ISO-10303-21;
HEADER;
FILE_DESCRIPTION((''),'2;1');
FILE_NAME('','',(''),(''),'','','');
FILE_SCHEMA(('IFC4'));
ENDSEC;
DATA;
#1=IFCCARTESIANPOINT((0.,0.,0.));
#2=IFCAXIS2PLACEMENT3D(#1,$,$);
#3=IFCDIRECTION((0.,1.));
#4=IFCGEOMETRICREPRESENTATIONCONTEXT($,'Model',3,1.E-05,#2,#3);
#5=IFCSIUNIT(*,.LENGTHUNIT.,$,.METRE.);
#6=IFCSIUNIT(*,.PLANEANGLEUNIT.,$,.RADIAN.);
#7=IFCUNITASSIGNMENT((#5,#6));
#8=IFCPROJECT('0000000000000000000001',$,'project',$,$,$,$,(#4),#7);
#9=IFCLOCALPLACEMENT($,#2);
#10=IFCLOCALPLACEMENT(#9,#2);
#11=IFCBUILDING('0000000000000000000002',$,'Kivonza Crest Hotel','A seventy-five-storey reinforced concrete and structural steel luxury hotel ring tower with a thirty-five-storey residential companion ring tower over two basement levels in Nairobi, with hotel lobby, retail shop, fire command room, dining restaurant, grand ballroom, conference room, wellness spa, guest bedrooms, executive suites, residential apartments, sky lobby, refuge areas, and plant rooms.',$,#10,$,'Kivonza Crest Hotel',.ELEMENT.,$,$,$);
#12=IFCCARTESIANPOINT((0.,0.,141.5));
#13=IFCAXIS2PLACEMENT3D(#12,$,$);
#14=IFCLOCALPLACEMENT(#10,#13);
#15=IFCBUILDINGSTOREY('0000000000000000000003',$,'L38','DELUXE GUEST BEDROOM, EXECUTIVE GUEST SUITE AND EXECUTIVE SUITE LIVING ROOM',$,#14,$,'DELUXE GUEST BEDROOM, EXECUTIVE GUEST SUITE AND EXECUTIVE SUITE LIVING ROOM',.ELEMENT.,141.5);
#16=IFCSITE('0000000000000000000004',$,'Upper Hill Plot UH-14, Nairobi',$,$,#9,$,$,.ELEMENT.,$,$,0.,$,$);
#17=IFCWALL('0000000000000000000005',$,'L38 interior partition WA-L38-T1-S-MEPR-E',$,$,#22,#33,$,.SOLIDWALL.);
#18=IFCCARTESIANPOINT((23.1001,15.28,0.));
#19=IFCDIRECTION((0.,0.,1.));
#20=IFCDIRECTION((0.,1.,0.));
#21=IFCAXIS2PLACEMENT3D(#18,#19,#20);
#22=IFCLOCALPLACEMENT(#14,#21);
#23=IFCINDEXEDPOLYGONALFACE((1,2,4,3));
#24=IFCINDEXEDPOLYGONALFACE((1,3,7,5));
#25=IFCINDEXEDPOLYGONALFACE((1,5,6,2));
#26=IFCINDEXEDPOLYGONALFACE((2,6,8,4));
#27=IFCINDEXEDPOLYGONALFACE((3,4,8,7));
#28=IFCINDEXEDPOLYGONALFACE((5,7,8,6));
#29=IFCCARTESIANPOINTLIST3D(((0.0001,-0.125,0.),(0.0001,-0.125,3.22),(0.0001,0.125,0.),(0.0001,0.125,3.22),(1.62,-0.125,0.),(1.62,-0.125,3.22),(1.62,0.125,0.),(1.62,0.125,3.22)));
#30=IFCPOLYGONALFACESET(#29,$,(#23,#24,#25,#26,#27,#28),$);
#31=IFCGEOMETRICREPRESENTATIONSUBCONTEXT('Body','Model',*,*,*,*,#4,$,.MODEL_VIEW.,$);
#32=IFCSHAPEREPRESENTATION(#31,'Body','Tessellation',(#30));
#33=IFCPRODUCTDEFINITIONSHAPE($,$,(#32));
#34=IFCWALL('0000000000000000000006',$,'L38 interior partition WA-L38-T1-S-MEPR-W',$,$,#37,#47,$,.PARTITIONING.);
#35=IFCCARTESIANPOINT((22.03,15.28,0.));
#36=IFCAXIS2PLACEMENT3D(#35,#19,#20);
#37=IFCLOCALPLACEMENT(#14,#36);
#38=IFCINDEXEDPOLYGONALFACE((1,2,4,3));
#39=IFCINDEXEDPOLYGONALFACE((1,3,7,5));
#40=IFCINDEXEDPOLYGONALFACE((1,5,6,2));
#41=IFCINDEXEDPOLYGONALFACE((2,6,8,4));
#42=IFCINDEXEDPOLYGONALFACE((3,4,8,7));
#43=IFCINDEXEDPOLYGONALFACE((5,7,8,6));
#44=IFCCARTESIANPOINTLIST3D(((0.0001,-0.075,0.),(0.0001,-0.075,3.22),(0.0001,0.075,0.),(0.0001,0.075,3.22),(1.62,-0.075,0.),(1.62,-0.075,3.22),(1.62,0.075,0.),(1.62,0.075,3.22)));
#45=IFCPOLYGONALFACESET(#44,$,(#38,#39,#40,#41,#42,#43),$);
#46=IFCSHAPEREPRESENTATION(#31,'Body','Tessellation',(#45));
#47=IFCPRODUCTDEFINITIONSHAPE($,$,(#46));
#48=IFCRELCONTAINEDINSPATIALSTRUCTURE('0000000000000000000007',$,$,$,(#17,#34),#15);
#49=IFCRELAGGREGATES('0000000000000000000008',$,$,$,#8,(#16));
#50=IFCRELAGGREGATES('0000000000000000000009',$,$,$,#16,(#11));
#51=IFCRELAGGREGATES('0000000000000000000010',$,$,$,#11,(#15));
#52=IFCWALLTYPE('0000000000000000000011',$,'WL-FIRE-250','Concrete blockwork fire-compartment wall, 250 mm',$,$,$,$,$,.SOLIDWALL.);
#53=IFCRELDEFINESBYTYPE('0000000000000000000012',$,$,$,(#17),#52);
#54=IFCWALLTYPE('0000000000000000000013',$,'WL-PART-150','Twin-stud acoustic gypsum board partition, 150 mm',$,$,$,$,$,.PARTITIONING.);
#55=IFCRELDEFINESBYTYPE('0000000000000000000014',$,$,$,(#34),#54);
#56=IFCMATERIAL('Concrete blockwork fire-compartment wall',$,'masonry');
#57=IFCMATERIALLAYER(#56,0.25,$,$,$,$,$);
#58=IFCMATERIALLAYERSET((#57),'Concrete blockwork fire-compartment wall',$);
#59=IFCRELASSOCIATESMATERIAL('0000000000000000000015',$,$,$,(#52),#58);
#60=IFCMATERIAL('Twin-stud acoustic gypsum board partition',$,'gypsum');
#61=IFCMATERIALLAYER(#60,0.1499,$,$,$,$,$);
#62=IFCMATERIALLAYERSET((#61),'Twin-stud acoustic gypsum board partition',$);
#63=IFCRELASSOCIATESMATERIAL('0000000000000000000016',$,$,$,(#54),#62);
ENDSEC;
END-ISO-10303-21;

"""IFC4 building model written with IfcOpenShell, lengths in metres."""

from ifc_helpers import new_model, si_unit, direction, frame, frame_2d, origin, place, context, subcontext, project, spatial, rectangle, extrude, material, layer, layer_set, type_object, element, save


model = new_model("IFC4")

# Units and contexts
model_context = context("Model", 3, precision=1e-05, world=origin(), true_north=direction((0.0, 1.0)))
body_context = subcontext(model_context, "Body", "Model", "MODEL_VIEW")
ifc_project = project(units=[si_unit("LENGTHUNIT", "METRE"), si_unit("PLANEANGLEUNIT", "RADIAN")], contexts=[model_context])

# Site, building, storey
site_placement = place(None, origin())
site = spatial("IfcSite", under=ifc_project, at=site_placement, Name="Upper Hill Plot UH-14, Nairobi", CompositionType="ELEMENT", RefElevation=0.0)
building_placement = place(site_placement, origin())
building = spatial("IfcBuilding", under=site, at=building_placement, Name="Kivonza Crest Hotel", Description="A seventy-five-storey reinforced concrete and structural steel luxury hotel ring tower with a thirty-five-storey residential companion ring tower over two basement levels in Nairobi, with hotel lobby, retail shop, fire command room, dining restaurant, grand ballroom, conference room, wellness spa, guest bedrooms, executive suites, residential apartments, sky lobby, refuge areas, and plant rooms.", LongName="Kivonza Crest Hotel", CompositionType="ELEMENT")
storey_placement = place(building_placement, frame((0.0, 0.0, 141.5)))
storey = spatial("IfcBuildingStorey", under=building, at=storey_placement, Name="L38", Description="DELUXE GUEST BEDROOM, EXECUTIVE GUEST SUITE AND EXECUTIVE SUITE LIVING ROOM", LongName="DELUXE GUEST BEDROOM, EXECUTIVE GUEST SUITE AND EXECUTIVE SUITE LIVING ROOM", CompositionType="ELEMENT", Elevation=141.5)

# Walls
ifc_material_1 = material(Name="Concrete blockwork fire-compartment wall", Category="masonry")
ifc_layer_1 = layer(ifc_material_1, 0.25)
ifc_layer_set_1 = layer_set([ifc_layer_1], Name="Concrete blockwork fire-compartment wall")
wall_type_1 = type_object("IfcWallType", Name="WL-FIRE-250", Description="Concrete blockwork fire-compartment wall, 250 mm", PredefinedType="SOLIDWALL", material=ifc_layer_set_1)
wall_1_placement = place(storey_placement, frame((23.1001, 15.28, 0.0), z_axis=(0.0, 0.0, 1.0), x_axis=(0.0, 1.0, 0.0)))
element("IfcWall", 1, at=wall_1_placement, inside=storey, type_object=wall_type_1, Name="L38 interior partition WA-L38-T1-S-MEPR-E", PredefinedType="SOLIDWALL", context=body_context, shape_type="SweptSolid", body=[
    extrude(rectangle(XDim=1.6199, YDim=0.25, at=frame_2d((0.8101, 0.0))), origin(), (0.0, 0.0, 1.0), 3.22),
])
ifc_material_2 = material(Name="Twin-stud acoustic gypsum board partition", Category="gypsum")
ifc_layer_2 = layer(ifc_material_2, 0.1499)
ifc_layer_set_2 = layer_set([ifc_layer_2], Name="Twin-stud acoustic gypsum board partition")
wall_type_2 = type_object("IfcWallType", Name="WL-PART-150", Description="Twin-stud acoustic gypsum board partition, 150 mm", PredefinedType="PARTITIONING", material=ifc_layer_set_2)
wall_2_placement = place(storey_placement, frame((22.03, 15.28, 0.0), z_axis=(0.0, 0.0, 1.0), x_axis=(0.0, 1.0, 0.0)))
element("IfcWall", 2, at=wall_2_placement, inside=storey, type_object=wall_type_2, Name="L38 interior partition WA-L38-T1-S-MEPR-W", PredefinedType="PARTITIONING", context=body_context, shape_type="SweptSolid", body=[
    extrude(rectangle(XDim=1.6199, YDim=0.1499, at=frame_2d((0.8101, 0.0))), origin(), (0.0, 0.0, 1.0), 3.22),
])

save(model, "model.ifc")
